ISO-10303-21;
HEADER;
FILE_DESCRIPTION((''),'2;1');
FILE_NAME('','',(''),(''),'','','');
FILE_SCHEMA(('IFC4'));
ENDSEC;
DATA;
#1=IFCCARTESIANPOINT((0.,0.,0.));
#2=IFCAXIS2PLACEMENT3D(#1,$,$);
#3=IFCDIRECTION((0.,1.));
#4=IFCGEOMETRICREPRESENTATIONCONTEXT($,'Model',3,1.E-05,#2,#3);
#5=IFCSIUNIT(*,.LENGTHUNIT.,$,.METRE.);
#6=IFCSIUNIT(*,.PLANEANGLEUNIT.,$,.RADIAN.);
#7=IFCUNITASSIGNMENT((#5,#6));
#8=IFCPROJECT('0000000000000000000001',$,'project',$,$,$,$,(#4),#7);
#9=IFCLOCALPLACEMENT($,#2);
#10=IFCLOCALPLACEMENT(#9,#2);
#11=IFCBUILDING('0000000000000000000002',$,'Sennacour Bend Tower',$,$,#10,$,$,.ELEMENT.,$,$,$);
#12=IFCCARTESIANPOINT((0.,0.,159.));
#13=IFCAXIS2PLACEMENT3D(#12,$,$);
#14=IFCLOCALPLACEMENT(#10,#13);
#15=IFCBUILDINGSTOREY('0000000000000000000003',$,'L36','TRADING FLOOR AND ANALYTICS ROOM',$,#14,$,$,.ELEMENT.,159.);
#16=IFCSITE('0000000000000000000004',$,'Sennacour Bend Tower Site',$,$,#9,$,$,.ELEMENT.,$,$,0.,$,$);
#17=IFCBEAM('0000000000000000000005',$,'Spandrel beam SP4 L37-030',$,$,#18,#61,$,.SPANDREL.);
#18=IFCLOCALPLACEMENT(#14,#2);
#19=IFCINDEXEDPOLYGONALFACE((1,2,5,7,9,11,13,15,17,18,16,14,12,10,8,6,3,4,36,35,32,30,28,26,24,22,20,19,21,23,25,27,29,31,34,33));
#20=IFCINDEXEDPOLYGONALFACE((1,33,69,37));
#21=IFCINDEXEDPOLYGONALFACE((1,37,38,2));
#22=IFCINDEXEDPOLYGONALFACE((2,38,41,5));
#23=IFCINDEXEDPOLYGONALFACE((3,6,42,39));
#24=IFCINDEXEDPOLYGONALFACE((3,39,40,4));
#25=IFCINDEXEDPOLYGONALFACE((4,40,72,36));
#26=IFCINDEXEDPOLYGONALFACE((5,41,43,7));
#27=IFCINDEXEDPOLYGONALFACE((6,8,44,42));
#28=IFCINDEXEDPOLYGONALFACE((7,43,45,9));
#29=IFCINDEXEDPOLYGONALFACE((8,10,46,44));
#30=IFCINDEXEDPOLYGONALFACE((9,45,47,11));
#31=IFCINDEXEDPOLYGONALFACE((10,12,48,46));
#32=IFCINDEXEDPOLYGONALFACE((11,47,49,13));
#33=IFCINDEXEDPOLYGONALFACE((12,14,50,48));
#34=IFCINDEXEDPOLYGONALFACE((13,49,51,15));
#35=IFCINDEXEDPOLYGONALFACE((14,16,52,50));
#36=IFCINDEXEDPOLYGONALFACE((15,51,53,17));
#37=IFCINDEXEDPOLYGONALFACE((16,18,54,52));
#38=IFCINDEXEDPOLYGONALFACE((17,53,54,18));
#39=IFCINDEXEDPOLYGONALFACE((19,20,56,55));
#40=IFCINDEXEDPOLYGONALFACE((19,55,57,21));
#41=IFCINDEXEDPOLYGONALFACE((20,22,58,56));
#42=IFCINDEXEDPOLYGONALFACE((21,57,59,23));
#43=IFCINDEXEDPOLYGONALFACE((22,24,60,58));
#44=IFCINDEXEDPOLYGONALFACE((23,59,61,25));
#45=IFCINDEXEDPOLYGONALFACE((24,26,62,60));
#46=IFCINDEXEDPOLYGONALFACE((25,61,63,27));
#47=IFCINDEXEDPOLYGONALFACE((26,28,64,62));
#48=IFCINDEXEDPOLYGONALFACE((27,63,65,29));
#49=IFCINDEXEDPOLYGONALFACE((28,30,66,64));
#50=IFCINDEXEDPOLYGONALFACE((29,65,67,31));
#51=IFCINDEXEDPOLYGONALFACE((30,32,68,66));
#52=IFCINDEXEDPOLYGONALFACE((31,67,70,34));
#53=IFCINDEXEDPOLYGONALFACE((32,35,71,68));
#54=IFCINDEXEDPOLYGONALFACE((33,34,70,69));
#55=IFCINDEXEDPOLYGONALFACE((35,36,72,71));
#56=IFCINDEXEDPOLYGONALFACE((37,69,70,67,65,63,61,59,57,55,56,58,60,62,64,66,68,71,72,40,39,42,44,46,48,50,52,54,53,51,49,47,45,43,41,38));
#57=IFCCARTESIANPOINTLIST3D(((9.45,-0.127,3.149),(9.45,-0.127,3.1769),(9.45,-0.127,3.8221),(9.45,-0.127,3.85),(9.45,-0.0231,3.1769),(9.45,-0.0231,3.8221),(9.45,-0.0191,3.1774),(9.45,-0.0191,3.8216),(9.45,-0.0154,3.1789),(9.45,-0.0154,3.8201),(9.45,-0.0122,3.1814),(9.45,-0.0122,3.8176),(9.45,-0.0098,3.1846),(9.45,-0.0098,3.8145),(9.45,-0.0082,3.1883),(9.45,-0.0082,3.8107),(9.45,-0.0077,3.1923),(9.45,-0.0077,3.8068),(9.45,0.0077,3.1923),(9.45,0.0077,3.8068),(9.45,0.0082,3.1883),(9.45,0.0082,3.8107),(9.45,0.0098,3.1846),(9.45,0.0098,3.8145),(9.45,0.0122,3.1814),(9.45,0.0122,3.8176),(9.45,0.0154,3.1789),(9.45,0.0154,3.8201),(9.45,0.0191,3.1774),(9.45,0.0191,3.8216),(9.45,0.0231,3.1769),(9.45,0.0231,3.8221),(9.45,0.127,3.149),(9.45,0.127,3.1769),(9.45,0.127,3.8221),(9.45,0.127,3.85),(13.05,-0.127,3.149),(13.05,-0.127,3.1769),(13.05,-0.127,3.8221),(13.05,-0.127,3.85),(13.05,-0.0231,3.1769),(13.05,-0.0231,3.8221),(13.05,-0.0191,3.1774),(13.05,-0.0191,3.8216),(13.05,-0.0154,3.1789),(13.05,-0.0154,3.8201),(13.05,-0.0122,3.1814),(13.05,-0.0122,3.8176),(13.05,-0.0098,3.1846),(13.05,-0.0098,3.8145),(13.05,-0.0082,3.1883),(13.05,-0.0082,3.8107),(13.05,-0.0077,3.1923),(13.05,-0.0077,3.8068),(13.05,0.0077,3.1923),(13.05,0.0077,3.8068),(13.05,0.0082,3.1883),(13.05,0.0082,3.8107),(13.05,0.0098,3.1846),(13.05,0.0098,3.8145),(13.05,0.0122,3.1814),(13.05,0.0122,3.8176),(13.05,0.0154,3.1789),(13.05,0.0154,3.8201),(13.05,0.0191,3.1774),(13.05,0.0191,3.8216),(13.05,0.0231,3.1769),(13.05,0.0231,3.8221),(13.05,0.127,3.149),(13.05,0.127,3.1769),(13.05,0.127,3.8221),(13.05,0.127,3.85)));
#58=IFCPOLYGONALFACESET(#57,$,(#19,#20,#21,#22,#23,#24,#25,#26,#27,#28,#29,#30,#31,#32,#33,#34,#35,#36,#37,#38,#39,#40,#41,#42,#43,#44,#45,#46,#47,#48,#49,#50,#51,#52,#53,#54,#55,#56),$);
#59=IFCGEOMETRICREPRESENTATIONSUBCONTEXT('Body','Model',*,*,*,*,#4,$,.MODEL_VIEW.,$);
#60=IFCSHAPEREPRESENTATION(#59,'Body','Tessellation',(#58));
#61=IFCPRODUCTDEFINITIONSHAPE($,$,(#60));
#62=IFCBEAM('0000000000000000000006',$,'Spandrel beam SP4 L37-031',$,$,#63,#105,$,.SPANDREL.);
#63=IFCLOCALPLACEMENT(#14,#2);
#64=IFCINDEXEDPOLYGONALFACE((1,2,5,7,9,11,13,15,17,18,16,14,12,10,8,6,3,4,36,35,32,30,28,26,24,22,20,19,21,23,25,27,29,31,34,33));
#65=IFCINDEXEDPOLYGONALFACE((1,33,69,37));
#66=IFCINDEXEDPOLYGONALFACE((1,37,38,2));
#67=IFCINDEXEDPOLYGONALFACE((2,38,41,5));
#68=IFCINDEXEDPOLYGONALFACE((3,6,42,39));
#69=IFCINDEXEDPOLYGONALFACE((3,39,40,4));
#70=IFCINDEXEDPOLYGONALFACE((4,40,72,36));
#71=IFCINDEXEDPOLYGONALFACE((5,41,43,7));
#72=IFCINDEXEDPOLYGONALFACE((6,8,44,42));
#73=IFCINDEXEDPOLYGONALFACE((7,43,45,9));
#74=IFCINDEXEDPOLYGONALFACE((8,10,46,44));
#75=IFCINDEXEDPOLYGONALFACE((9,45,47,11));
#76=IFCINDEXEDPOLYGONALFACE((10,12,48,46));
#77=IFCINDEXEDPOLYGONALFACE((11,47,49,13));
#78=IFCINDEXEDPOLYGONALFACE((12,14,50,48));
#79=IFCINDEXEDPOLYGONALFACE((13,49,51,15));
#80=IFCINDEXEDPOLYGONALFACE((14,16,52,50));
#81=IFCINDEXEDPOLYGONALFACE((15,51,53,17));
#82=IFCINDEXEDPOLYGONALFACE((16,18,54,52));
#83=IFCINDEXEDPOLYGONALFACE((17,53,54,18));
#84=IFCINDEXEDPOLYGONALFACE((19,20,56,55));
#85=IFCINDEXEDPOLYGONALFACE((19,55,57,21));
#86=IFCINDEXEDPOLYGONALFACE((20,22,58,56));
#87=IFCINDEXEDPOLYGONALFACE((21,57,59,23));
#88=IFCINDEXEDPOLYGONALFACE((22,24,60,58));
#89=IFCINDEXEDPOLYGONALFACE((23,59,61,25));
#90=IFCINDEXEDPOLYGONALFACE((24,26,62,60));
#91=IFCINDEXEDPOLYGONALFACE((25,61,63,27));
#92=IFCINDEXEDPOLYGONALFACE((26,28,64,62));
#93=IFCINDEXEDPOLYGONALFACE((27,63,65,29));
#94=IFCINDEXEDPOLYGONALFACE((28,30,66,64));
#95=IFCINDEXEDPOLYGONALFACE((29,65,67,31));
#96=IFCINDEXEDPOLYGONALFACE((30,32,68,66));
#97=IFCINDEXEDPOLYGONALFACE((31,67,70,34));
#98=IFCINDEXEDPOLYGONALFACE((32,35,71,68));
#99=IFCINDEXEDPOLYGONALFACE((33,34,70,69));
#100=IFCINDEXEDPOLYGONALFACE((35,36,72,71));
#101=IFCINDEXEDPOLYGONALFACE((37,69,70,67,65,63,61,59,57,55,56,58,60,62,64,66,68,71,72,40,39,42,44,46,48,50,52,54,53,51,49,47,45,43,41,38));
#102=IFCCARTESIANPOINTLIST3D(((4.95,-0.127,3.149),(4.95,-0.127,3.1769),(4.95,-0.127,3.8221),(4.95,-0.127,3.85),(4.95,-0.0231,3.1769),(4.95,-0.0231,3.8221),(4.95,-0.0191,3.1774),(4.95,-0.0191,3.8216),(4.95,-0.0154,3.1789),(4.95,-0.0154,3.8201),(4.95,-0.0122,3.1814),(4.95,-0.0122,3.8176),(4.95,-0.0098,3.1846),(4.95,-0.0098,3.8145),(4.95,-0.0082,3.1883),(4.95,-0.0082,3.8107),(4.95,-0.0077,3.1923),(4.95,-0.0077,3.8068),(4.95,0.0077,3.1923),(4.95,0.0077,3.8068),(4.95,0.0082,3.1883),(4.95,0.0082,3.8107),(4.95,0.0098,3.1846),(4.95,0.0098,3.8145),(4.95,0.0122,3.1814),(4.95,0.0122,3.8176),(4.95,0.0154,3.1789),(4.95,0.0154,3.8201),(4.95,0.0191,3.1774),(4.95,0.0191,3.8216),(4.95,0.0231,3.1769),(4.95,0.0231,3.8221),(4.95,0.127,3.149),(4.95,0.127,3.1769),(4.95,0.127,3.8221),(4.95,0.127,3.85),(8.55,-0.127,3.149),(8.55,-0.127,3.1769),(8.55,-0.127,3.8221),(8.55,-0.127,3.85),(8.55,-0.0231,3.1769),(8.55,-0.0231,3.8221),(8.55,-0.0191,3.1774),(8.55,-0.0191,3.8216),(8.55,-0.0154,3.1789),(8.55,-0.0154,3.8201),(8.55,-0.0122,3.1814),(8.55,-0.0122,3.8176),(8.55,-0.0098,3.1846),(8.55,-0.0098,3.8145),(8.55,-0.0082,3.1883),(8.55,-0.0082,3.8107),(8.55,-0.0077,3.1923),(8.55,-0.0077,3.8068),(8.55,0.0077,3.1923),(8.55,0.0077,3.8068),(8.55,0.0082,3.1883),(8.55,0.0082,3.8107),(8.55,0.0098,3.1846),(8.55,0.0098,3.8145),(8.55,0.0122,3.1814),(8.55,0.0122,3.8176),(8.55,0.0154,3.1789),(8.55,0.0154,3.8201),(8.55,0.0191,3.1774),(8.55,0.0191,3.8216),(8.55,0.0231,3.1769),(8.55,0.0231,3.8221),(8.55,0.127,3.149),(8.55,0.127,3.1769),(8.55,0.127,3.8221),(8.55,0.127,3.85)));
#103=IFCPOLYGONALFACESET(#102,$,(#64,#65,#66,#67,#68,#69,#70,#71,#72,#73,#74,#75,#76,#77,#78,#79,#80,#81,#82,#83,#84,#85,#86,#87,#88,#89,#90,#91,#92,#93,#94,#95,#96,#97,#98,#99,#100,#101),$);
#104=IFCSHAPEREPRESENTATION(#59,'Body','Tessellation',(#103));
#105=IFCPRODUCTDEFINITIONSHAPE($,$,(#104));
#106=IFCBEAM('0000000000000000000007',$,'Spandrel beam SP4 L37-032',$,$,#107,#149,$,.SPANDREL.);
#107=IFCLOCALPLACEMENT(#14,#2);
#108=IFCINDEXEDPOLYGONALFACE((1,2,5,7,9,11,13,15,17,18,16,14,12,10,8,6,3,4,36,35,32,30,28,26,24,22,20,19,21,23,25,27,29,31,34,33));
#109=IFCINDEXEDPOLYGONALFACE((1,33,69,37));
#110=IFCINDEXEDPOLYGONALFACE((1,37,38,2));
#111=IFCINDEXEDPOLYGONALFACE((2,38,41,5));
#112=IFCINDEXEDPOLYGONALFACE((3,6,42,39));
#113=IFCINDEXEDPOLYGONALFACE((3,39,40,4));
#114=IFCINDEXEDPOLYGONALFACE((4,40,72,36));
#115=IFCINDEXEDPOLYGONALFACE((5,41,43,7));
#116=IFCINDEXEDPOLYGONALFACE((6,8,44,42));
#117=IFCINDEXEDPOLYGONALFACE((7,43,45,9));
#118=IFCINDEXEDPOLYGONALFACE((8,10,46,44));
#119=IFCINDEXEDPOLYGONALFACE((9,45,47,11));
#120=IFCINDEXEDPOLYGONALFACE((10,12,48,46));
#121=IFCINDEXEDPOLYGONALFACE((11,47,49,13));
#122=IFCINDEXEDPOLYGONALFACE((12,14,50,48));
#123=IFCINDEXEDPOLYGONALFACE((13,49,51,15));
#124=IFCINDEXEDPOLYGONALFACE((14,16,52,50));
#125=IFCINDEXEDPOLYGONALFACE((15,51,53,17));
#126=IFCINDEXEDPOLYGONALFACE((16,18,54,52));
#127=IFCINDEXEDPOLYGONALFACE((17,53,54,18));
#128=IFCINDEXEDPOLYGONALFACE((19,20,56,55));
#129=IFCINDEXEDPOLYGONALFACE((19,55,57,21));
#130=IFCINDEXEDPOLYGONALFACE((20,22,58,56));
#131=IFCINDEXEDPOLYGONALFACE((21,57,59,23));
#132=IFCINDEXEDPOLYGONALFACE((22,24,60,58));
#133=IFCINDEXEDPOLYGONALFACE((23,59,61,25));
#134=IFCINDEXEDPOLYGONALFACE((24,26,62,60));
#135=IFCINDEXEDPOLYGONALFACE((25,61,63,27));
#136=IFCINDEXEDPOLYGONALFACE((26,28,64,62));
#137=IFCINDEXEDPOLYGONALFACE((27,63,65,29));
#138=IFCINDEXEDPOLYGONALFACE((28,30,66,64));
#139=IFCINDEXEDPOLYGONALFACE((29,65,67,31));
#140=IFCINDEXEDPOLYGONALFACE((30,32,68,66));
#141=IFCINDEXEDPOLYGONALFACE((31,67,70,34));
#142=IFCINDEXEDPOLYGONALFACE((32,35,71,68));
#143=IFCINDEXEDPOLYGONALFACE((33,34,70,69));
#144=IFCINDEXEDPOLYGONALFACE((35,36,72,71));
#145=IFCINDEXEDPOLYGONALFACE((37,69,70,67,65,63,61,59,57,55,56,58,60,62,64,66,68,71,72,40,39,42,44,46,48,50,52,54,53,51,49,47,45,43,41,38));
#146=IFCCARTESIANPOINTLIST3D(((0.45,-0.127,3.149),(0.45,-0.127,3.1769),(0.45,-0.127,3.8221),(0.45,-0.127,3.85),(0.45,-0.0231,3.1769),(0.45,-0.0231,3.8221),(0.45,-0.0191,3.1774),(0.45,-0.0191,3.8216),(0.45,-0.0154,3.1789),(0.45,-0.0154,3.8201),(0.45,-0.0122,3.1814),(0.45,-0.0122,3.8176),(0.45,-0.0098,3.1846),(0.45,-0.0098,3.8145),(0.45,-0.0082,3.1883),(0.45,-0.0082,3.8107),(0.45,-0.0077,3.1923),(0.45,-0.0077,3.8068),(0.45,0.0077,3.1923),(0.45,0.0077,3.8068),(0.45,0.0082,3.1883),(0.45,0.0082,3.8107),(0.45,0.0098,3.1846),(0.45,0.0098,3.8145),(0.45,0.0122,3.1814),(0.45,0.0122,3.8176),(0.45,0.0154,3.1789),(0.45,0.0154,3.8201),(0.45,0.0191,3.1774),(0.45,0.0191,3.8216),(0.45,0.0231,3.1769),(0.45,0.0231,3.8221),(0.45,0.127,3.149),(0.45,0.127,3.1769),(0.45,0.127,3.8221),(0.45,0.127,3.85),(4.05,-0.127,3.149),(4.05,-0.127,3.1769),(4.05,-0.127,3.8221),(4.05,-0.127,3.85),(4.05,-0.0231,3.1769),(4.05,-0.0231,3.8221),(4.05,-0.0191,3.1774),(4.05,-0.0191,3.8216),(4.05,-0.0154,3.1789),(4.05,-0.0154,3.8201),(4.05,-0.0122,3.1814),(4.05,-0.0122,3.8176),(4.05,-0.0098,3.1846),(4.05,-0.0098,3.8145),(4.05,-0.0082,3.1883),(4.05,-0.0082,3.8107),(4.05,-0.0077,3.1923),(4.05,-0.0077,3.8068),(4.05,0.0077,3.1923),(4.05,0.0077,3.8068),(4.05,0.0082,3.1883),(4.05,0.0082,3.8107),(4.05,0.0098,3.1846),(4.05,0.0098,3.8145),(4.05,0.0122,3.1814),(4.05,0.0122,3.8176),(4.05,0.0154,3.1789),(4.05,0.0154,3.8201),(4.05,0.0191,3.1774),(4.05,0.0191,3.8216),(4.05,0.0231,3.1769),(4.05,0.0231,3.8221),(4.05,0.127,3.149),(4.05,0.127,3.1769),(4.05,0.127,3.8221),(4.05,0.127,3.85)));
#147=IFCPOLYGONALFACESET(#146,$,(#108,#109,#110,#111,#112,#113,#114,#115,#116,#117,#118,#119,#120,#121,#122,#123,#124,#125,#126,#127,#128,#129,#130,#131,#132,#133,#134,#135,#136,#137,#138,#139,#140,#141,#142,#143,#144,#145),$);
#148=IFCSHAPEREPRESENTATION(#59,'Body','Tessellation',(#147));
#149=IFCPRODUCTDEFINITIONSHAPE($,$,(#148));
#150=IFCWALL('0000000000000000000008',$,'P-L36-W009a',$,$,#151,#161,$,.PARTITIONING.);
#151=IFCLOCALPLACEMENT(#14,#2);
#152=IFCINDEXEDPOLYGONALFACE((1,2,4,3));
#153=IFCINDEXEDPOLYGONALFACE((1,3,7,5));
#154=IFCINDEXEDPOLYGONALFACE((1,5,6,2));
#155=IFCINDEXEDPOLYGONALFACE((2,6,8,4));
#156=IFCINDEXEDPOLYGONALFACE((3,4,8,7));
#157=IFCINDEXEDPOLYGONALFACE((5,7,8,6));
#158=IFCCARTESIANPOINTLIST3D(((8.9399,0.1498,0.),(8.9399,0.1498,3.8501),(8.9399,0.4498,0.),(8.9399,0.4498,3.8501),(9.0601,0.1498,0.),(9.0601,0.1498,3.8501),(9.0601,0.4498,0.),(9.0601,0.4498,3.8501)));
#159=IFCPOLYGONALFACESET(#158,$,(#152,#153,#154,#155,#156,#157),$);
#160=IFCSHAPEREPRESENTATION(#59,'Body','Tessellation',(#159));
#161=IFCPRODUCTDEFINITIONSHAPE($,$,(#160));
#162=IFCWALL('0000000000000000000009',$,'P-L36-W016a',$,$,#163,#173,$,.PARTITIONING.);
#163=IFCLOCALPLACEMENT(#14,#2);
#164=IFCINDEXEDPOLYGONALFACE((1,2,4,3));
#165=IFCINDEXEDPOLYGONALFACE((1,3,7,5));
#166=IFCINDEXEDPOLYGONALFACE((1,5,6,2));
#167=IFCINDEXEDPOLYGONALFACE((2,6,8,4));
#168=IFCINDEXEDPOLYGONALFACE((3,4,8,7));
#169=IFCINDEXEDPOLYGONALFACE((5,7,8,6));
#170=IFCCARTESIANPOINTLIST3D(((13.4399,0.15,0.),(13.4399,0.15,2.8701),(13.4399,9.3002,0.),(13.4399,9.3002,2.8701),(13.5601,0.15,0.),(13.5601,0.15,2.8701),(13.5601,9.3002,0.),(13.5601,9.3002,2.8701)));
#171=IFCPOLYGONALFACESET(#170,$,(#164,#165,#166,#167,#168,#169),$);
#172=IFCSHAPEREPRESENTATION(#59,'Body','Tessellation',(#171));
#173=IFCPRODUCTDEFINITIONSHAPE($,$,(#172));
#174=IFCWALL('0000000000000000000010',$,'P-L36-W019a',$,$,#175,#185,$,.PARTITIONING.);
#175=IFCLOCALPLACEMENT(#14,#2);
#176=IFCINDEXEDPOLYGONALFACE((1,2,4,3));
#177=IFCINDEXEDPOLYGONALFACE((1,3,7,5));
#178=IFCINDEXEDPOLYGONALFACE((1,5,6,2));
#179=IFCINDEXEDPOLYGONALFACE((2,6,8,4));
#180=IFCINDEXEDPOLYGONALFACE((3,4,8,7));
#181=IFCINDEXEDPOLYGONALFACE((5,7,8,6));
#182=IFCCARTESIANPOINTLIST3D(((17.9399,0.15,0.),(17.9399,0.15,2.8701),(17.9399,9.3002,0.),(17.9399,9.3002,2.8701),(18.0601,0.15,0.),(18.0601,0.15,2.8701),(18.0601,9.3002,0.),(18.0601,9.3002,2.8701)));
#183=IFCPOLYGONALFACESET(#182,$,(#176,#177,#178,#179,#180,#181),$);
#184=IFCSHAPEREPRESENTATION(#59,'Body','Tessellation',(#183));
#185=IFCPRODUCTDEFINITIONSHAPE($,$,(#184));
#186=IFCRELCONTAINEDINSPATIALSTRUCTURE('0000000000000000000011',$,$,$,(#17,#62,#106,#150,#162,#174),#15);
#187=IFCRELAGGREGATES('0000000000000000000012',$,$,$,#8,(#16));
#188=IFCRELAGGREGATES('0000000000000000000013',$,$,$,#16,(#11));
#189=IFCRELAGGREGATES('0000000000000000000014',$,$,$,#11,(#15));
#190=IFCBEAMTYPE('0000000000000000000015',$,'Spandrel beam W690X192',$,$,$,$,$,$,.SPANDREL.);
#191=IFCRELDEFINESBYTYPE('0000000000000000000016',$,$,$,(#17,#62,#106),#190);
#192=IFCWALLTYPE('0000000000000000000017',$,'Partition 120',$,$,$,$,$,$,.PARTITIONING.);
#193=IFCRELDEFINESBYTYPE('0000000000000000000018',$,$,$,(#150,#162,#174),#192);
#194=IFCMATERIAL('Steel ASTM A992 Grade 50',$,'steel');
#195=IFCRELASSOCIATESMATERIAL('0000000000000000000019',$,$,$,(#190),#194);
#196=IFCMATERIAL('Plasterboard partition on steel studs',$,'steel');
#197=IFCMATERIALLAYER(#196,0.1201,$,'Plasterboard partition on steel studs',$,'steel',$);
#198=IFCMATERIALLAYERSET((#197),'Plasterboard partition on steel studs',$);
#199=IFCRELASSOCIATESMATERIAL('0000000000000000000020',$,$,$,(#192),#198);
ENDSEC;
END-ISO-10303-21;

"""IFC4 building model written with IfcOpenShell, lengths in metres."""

from ifc_helpers import new_model, si_unit, direction, frame, frame_2d, origin, origin_2d, place, context, subcontext, project, spatial, rectangle, i_section, extrude, material, layer, layer_set, material_profile, profile_set, type_object, element, save


model = new_model("IFC4")

# Units and contexts
model_context = context("Model", 3, precision=1e-05, world=origin(), true_north=direction((0.0, 1.0)))
body_context = subcontext(model_context, "Body", "Model", "MODEL_VIEW")
ifc_project = project(units=[si_unit("LENGTHUNIT", "METRE"), si_unit("PLANEANGLEUNIT", "RADIAN")], contexts=[model_context])

# Site, building, storey
site_placement = place(None, origin())
site = spatial("IfcSite", under=ifc_project, at=site_placement, Name="Sennacour Bend Tower Site", CompositionType="ELEMENT", RefElevation=0.0)
building_placement = place(site_placement, origin())
building = spatial("IfcBuilding", under=site, at=building_placement, Name="Sennacour Bend Tower", CompositionType="ELEMENT")
storey_placement = place(building_placement, frame((0.0, 0.0, 159.0)))
storey = spatial("IfcBuildingStorey", under=building, at=storey_placement, Name="L36", Description="TRADING FLOOR AND ANALYTICS ROOM", CompositionType="ELEMENT", Elevation=159.0)

# Beams
ifc_material_1 = material(Name="Steel ASTM A992 Grade 50", Category="steel")
ifc_material_profile_1 = material_profile(ifc_material_1, i_section(OverallWidth=0.2539, OverallDepth=0.7009, WebThickness=0.0154, FlangeThickness=0.0278, FilletRadius=0.0154, at=origin_2d()), Name="Steel ASTM A992 Grade 50", Category="steel")
ifc_profile_set_1 = profile_set([ifc_material_profile_1], Name="Steel ASTM A992 Grade 50")
beam_type_1 = type_object("IfcBeamType", Name="Spandrel beam W690X192", PredefinedType="SPANDREL", material=ifc_profile_set_1)
for number, where, z_axis, x_axis, name in (
    (1, (13.05, 0.0, 3.4995), (-1.0, 0.0, 0.0), (0.0, -1.0, 0.0), "Spandrel beam SP4 L37-030"),
    (2, (8.55, 0.0, 3.4995), (-1.0, 0.0, 0.0), (0.0, -1.0, 0.0), "Spandrel beam SP4 L37-031"),
    (3, (4.05, 0.0, 3.4995), (-1.0, 0.0, 0.0), (0.0, -1.0, 0.0), "Spandrel beam SP4 L37-032"),
):
    element("IfcBeam", number, at=place(storey_placement, frame(where, z_axis=z_axis, x_axis=x_axis)), inside=storey, type_object=beam_type_1, Name=name, PredefinedType="SPANDREL", context=body_context, shape_type="SweptSolid", body=[
        extrude(i_section(OverallWidth=0.2539, OverallDepth=0.7009, WebThickness=0.0154, FlangeThickness=0.0278, FilletRadius=0.0154, at=origin_2d()), origin(), (0.0, 0.0, 1.0), 3.6001),
    ])

# Walls
ifc_material_2 = material(Name="Plasterboard partition on steel studs", Category="steel")
ifc_layer_1 = layer(ifc_material_2, 0.1201, Name="Plasterboard partition on steel studs", Category="steel")
ifc_layer_set_1 = layer_set([ifc_layer_1], Name="Plasterboard partition on steel studs")
wall_type_1 = type_object("IfcWallType", Name="Partition 120", PredefinedType="PARTITIONING", material=ifc_layer_set_1)
wall_1_placement = place(storey_placement, frame((9.0, 0.1499, 0.0), z_axis=(0.0, 0.0, 1.0), x_axis=(0.0, 1.0, 0.0)))
element("IfcWall", 4, at=wall_1_placement, inside=storey, type_object=wall_type_1, Name="P-L36-W009a", PredefinedType="PARTITIONING", context=body_context, shape_type="SweptSolid", body=[
    extrude(rectangle(XDim=0.3, YDim=0.1201, at=frame_2d((0.1499, 0.0))), origin(), (0.0, 0.0, 1.0), 3.8501),
])
for number, where, z_axis, x_axis, name in (
    (5, (13.5, 0.1499, 0.0), (0.0, 0.0, 1.0), (0.0, 1.0, 0.0), "P-L36-W016a"),
    (6, (18.0, 0.1499, 0.0), (0.0, 0.0, 1.0), (0.0, 1.0, 0.0), "P-L36-W019a"),
):
    element("IfcWall", number, at=place(storey_placement, frame(where, z_axis=z_axis, x_axis=x_axis)), inside=storey, type_object=wall_type_1, Name=name, PredefinedType="PARTITIONING", context=body_context, shape_type="SweptSolid", body=[
        extrude(rectangle(XDim=9.1501, YDim=0.1201, at=frame_2d((4.5752, 0.0))), origin(), (0.0, 0.0, 1.0), 2.8701),
    ])

save(model, "model.ifc")
